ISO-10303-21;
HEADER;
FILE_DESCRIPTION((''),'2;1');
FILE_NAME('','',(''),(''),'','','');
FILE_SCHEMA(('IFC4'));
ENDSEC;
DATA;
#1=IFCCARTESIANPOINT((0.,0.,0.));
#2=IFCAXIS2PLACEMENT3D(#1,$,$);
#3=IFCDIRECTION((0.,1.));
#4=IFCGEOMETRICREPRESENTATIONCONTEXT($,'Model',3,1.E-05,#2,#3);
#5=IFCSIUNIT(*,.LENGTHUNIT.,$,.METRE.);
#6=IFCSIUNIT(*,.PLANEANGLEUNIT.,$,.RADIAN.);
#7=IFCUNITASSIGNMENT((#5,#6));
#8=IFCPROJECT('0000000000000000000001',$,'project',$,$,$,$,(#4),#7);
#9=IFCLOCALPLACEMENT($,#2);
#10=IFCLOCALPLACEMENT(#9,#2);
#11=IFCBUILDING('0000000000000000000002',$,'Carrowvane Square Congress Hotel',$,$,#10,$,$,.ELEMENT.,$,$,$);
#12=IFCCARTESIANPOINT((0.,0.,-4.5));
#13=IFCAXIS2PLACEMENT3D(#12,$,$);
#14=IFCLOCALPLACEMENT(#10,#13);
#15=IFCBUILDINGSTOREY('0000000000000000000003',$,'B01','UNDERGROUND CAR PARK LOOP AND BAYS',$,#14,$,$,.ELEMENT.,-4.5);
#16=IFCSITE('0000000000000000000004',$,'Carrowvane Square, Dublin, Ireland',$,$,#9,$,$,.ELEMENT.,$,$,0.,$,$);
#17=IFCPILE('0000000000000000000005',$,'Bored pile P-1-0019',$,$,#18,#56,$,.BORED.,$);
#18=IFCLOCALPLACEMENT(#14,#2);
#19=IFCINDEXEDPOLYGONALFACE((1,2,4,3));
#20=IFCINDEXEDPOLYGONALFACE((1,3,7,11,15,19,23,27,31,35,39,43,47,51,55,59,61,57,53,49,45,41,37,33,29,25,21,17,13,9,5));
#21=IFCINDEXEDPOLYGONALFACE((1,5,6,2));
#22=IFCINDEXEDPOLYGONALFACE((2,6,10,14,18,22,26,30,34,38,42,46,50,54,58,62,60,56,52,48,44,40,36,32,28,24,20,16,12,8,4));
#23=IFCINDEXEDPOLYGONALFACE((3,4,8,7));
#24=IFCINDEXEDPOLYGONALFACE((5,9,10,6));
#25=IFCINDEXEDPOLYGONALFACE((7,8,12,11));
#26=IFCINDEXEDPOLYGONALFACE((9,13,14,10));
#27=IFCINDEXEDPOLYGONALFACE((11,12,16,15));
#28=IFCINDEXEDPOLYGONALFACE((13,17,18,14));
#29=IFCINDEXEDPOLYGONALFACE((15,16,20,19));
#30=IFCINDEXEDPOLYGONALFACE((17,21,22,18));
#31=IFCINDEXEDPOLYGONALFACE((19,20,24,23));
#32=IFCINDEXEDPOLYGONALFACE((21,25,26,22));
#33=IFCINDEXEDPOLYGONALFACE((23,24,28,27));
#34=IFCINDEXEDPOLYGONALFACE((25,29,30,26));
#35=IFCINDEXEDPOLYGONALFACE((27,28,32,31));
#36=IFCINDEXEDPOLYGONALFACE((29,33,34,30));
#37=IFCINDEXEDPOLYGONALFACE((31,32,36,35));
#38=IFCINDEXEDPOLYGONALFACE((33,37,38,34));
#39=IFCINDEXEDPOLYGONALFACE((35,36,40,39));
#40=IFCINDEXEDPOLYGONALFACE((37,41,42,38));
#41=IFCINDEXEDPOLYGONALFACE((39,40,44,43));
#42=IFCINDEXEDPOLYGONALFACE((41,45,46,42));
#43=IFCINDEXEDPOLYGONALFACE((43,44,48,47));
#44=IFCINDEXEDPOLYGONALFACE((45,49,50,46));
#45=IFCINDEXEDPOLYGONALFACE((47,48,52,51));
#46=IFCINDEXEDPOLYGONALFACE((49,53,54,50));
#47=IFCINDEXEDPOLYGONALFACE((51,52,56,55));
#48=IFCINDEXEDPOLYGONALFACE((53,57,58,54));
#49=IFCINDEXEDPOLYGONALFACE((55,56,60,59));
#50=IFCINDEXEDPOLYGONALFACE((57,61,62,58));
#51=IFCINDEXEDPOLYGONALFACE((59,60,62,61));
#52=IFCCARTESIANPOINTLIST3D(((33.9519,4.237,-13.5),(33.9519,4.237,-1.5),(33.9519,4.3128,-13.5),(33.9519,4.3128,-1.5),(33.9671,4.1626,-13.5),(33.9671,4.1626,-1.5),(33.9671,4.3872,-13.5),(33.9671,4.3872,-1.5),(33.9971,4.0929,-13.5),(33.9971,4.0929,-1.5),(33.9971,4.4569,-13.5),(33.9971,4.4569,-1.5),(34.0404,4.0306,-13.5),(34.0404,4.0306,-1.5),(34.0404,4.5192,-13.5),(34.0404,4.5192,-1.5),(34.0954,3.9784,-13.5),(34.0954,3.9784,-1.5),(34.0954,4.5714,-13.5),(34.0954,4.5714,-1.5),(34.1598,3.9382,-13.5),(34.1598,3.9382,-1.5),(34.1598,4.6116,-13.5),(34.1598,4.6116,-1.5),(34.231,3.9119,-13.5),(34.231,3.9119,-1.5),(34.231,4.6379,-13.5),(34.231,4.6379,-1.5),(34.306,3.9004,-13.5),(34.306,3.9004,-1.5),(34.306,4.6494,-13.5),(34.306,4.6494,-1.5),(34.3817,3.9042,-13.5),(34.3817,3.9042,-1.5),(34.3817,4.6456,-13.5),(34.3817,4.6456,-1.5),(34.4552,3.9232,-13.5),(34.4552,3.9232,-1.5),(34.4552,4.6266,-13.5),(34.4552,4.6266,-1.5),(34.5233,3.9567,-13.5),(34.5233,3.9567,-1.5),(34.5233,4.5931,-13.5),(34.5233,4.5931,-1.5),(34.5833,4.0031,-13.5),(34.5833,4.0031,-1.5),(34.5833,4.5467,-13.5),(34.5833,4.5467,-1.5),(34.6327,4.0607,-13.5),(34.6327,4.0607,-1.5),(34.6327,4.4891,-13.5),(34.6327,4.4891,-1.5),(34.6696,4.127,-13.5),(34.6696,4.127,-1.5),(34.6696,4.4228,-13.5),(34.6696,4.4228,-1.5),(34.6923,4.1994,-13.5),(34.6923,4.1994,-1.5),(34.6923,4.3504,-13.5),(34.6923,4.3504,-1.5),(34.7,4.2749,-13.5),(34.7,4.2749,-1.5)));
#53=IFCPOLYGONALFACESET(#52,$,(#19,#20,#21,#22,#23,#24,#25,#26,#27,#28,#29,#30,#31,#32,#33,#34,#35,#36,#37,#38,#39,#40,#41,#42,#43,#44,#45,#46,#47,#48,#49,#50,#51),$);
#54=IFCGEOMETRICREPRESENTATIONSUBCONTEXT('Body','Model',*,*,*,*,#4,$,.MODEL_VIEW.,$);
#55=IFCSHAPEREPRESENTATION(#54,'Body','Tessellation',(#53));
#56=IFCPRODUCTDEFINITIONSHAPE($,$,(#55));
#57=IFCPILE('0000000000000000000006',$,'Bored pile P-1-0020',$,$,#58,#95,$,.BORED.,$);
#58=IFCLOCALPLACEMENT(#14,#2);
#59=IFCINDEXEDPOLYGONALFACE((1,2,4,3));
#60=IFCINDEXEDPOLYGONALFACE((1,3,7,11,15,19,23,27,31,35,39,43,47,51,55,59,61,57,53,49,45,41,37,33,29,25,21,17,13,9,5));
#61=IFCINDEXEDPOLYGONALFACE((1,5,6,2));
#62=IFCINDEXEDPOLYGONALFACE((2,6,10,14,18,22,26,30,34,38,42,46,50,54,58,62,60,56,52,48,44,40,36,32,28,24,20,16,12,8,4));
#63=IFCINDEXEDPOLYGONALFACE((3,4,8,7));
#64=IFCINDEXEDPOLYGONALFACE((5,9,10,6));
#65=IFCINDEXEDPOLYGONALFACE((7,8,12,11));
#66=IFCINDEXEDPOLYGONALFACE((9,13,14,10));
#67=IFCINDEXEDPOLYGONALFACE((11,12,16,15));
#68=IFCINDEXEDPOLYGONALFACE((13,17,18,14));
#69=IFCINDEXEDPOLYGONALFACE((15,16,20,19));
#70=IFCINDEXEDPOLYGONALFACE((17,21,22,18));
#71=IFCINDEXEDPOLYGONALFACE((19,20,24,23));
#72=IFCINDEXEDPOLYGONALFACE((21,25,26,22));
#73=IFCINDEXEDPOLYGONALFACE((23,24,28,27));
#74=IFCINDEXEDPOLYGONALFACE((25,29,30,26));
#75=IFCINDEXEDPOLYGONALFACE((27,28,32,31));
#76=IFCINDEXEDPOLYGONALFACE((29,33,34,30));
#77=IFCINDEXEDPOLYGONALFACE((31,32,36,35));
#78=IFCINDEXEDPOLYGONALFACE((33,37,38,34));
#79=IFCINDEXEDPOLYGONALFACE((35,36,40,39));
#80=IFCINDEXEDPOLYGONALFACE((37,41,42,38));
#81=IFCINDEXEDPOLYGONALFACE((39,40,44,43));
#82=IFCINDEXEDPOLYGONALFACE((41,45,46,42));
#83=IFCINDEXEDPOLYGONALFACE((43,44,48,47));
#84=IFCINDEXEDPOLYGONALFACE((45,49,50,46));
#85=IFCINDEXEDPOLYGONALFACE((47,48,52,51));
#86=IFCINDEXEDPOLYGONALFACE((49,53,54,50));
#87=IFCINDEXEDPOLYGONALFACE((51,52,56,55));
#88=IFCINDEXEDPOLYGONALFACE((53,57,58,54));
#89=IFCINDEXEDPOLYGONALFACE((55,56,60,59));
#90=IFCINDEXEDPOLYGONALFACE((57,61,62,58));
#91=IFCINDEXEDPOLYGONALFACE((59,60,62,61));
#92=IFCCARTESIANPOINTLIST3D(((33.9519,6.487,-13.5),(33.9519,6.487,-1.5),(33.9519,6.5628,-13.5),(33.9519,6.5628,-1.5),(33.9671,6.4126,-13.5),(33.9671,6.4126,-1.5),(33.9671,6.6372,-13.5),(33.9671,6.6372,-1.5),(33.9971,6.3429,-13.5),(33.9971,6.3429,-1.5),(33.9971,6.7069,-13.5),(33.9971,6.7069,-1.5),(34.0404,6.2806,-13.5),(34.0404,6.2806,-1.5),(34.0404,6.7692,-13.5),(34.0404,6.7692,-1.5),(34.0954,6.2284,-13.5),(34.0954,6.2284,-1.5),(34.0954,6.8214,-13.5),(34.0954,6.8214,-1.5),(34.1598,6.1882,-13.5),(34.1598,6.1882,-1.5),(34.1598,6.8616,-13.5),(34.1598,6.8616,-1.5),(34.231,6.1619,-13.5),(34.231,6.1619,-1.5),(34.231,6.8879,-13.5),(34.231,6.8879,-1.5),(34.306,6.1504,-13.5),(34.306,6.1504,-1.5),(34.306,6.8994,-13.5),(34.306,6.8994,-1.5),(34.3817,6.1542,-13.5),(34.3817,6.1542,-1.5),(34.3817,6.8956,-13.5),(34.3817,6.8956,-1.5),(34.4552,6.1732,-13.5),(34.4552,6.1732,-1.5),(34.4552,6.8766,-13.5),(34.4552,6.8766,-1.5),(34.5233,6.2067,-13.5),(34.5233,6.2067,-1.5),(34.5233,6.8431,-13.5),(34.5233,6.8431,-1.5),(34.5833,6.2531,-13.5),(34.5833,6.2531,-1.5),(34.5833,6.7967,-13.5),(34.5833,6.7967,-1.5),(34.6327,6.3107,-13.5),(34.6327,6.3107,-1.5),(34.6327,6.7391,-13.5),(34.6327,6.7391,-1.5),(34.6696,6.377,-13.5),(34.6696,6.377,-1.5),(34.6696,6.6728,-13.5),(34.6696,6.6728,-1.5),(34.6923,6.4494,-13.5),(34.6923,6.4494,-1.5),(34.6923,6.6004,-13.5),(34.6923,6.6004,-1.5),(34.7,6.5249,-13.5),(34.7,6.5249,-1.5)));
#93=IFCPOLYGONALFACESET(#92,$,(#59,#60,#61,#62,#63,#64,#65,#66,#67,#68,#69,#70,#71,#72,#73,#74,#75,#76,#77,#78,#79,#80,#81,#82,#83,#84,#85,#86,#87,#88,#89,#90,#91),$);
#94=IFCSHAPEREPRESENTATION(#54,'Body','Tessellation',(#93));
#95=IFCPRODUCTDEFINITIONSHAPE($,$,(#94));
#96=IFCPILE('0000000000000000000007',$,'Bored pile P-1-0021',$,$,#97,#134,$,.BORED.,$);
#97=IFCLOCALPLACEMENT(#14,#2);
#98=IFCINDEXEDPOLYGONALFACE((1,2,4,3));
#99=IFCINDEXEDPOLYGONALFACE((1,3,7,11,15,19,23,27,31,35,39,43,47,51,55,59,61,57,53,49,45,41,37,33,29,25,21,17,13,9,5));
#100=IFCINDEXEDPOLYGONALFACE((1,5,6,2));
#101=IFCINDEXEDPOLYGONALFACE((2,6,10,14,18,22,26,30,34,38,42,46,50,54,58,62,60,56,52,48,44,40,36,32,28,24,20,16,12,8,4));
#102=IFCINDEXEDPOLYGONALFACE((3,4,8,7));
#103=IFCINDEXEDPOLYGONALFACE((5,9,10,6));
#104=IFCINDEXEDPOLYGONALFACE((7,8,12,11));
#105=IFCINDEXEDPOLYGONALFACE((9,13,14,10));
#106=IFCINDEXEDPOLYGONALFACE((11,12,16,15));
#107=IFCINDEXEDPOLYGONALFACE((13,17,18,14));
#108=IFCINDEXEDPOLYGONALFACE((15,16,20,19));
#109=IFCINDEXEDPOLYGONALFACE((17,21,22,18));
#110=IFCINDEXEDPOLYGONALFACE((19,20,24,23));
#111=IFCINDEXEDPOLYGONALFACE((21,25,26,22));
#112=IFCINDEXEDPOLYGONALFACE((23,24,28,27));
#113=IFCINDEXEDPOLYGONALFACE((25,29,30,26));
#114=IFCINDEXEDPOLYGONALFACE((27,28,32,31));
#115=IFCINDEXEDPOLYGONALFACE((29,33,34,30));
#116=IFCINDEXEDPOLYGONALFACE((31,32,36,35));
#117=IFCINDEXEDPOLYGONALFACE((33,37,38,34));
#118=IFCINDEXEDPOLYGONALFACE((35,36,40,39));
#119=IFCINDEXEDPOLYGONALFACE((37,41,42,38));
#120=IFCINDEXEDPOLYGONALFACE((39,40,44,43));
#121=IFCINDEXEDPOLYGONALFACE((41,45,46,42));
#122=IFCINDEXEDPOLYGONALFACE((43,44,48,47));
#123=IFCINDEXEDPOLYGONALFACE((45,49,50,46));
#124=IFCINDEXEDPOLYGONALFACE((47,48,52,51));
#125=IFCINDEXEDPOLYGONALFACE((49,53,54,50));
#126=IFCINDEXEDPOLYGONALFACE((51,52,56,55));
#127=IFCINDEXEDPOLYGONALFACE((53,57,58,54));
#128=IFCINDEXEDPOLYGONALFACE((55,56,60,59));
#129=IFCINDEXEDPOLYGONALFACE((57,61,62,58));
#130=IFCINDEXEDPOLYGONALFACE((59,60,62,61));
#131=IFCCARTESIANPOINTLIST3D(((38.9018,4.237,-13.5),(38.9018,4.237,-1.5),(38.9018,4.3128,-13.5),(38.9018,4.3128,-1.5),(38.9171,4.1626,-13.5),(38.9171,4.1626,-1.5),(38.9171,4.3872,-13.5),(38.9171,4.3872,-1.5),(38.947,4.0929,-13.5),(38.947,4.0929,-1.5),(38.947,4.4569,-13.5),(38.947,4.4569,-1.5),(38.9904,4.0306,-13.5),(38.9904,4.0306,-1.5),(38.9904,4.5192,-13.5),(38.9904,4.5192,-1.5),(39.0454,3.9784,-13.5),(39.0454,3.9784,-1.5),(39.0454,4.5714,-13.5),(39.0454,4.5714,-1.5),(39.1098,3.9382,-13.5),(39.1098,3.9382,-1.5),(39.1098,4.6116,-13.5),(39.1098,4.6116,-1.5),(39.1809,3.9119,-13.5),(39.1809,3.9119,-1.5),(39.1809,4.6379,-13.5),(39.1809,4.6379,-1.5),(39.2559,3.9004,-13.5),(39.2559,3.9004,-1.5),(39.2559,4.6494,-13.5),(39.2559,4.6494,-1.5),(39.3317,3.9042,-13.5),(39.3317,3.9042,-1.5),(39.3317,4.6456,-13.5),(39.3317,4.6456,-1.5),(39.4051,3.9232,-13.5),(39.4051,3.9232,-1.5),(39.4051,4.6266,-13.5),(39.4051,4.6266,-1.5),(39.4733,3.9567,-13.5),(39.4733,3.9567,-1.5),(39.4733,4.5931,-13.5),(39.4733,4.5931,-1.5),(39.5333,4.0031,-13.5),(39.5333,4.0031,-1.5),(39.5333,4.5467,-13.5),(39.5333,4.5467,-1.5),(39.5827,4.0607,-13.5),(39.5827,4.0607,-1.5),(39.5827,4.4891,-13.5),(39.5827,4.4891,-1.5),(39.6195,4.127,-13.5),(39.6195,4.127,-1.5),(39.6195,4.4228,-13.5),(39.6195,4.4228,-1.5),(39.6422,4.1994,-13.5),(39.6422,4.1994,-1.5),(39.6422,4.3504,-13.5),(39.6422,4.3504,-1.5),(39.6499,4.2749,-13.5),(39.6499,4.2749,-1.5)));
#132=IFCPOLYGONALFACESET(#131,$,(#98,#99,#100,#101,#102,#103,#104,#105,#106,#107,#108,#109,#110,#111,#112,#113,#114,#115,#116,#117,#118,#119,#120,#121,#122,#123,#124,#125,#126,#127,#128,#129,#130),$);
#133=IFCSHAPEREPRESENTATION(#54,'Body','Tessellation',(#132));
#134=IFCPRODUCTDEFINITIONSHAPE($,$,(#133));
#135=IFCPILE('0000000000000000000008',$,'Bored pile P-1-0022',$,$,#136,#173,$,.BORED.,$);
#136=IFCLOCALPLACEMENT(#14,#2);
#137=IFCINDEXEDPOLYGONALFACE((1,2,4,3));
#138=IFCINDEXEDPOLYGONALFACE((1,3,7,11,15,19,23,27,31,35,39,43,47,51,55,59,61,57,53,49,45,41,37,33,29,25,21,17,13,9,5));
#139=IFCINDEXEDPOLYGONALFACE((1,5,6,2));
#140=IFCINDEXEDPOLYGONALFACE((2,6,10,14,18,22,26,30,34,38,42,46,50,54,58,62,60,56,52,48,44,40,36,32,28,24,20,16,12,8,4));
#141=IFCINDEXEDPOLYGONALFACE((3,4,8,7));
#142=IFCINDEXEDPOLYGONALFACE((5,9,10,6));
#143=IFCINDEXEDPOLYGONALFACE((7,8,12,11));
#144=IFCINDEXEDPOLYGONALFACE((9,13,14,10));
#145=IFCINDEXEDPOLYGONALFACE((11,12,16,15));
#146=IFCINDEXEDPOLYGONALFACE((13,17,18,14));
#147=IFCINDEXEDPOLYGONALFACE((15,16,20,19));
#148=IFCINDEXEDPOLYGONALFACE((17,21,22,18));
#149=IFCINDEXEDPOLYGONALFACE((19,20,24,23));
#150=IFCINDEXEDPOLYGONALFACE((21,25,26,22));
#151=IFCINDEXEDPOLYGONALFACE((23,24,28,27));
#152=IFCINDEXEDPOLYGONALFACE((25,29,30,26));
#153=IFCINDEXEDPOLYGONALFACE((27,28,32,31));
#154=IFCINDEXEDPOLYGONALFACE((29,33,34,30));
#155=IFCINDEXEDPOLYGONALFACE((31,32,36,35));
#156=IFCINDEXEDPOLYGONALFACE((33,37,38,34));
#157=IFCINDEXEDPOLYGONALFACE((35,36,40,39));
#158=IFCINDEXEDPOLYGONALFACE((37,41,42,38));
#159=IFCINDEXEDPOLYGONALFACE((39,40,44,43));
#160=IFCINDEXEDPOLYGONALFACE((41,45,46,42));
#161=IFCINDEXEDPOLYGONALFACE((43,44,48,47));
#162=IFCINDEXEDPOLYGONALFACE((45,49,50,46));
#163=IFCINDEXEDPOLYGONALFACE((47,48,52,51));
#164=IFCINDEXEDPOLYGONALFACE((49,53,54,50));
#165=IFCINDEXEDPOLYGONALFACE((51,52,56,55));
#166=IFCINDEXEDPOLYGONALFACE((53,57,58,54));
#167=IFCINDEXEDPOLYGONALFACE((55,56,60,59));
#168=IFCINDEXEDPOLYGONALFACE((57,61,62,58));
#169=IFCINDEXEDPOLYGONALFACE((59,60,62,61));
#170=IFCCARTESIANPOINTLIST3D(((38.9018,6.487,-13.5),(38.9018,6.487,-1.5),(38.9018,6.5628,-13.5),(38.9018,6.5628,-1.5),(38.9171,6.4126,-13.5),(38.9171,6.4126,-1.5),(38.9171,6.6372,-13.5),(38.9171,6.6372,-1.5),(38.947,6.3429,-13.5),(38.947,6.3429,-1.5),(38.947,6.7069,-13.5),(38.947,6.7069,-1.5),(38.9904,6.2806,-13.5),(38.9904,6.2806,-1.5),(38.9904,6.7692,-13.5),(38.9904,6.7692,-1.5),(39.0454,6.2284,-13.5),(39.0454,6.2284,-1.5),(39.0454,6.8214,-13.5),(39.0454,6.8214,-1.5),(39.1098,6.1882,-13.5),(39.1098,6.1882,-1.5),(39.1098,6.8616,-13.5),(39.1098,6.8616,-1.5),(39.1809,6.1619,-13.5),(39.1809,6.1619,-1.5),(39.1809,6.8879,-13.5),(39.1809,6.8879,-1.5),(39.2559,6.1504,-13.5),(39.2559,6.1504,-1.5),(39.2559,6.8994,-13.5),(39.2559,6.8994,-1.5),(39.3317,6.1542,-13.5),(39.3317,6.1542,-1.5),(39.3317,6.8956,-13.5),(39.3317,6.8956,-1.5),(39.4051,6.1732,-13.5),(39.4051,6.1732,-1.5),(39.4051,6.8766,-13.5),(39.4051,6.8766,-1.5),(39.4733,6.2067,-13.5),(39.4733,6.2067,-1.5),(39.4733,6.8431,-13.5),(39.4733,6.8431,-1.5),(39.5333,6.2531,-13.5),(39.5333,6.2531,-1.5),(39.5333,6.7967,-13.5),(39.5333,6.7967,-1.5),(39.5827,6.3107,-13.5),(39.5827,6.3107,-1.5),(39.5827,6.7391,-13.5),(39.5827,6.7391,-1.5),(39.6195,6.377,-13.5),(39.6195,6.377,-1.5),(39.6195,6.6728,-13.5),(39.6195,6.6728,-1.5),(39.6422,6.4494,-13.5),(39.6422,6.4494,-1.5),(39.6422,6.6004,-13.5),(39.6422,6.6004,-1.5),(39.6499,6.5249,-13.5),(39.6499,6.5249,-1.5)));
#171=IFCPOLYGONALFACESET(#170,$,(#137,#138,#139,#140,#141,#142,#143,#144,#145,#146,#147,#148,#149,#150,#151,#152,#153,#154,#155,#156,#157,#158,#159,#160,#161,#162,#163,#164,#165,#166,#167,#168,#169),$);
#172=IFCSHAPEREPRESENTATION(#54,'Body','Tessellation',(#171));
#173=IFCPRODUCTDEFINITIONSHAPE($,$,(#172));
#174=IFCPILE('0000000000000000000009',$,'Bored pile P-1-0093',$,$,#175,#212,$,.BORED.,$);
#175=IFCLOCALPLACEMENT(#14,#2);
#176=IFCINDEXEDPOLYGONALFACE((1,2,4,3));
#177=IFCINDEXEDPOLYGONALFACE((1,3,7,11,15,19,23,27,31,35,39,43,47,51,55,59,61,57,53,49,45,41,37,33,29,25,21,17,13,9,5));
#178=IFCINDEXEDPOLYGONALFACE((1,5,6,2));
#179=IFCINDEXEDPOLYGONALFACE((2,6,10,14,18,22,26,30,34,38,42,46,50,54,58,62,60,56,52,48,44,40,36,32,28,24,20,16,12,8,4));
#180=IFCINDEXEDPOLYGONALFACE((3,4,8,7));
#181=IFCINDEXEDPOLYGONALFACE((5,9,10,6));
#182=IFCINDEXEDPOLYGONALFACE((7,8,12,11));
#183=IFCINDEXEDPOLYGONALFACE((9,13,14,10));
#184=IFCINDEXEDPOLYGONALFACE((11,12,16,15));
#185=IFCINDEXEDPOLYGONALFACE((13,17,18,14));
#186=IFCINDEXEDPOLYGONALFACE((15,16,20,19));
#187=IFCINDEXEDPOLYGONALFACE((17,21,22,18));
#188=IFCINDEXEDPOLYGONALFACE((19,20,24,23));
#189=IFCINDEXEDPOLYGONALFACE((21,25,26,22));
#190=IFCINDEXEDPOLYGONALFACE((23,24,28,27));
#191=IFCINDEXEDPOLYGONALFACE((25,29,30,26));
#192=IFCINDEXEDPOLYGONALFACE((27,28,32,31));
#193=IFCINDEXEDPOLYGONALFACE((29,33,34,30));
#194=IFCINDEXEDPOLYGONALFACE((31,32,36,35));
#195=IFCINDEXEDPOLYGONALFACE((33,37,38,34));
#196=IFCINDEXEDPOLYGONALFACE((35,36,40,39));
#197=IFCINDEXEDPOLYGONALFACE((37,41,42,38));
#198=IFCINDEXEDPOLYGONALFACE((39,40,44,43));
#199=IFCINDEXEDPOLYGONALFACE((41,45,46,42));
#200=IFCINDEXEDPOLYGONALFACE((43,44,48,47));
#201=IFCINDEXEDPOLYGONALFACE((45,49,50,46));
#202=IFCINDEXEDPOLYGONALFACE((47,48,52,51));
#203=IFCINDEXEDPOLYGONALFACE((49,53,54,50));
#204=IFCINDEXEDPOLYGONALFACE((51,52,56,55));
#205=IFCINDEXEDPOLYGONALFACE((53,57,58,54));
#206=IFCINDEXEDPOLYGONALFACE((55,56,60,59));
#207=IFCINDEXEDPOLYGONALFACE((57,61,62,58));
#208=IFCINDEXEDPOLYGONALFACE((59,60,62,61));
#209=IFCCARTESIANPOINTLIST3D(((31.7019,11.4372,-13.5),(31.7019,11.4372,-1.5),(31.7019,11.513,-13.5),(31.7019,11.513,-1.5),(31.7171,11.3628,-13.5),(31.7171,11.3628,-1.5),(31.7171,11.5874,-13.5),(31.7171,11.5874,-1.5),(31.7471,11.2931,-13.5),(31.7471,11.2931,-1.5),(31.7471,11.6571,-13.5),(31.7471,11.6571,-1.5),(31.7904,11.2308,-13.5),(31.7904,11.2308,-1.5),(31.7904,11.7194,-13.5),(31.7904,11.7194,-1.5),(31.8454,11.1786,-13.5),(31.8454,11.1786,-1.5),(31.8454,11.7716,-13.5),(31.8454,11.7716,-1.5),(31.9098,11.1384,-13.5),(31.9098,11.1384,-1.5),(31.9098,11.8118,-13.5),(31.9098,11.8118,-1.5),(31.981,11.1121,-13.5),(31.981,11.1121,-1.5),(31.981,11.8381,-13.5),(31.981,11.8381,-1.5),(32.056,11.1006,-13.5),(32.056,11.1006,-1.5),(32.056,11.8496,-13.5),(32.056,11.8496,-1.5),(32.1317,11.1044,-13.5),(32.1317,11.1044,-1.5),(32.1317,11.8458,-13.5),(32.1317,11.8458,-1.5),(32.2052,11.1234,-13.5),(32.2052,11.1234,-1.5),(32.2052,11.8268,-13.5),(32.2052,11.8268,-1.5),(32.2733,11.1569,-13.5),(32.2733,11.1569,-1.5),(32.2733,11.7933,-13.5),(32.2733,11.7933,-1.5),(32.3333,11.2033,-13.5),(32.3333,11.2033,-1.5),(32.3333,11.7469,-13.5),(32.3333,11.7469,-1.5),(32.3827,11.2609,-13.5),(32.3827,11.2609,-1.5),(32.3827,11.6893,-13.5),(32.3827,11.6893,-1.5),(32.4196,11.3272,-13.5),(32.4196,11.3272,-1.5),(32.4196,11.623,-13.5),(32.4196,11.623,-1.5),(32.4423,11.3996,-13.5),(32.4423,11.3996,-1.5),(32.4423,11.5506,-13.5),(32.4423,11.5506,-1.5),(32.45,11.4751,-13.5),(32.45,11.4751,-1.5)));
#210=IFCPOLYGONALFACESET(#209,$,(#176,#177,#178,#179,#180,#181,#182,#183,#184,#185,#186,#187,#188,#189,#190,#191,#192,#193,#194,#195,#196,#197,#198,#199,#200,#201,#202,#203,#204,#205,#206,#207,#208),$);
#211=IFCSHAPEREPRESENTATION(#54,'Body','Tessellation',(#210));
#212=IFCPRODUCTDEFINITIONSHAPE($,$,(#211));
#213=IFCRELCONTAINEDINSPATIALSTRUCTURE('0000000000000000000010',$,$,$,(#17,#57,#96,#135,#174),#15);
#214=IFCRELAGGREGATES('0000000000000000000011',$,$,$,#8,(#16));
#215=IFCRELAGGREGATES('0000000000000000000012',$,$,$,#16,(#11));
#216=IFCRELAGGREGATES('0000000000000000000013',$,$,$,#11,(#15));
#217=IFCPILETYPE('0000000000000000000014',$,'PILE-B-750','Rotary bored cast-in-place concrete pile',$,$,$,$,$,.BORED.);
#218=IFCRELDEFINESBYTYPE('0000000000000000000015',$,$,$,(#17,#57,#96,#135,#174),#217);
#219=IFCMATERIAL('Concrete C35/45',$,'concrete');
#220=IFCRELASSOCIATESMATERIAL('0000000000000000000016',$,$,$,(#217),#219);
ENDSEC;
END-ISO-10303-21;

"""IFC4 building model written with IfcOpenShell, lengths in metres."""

from ifc_helpers import new_model, si_unit, direction, frame, origin, origin_2d, place, context, subcontext, project, spatial, circle, extrude, material, material_profile, profile_set, type_object, element, save


model = new_model("IFC4")

# Units and contexts
model_context = context("Model", 3, precision=1e-05, world=origin(), true_north=direction((0.0, 1.0)))
body_context = subcontext(model_context, "Body", "Model", "MODEL_VIEW")
ifc_project = project(units=[si_unit("LENGTHUNIT", "METRE"), si_unit("PLANEANGLEUNIT", "RADIAN")], contexts=[model_context])

# Site, building, storey
site_placement = place(None, origin())
site = spatial("IfcSite", under=ifc_project, at=site_placement, Name="Carrowvane Square, Dublin, Ireland", CompositionType="ELEMENT", RefElevation=0.0)
building_placement = place(site_placement, origin())
building = spatial("IfcBuilding", under=site, at=building_placement, Name="Carrowvane Square Congress Hotel", CompositionType="ELEMENT")
storey_placement = place(building_placement, frame((0.0, 0.0, -4.5)))
storey = spatial("IfcBuildingStorey", under=building, at=storey_placement, Name="B01", Description="UNDERGROUND CAR PARK LOOP AND BAYS", CompositionType="ELEMENT", Elevation=-4.5)

# Piles
ifc_material_1 = material(Name="Concrete C35/45", Category="concrete")
ifc_material_profile_1 = material_profile(ifc_material_1, circle(Radius=0.375, at=origin_2d()), Name="PILE D750")
ifc_profile_set_1 = profile_set([ifc_material_profile_1], Name="Concrete C35/45")
pile_type = type_object("IfcPileType", Name="PILE-B-750", Description="Rotary bored cast-in-place concrete pile", PredefinedType="BORED", material=ifc_profile_set_1)
for number, where, z_axis, x_axis, name in (
    (1, (34.325, 4.2749, -1.5), (0.0, 0.0, -1.0), (1.0, 0.0, 0.0), "Bored pile P-1-0019"),
    (2, (34.325, 6.5249, -1.5), (0.0, 0.0, -1.0), (1.0, 0.0, 0.0), "Bored pile P-1-0020"),
    (3, (39.2749, 4.2749, -1.5), (0.0, 0.0, -1.0), (1.0, 0.0, 0.0), "Bored pile P-1-0021"),
    (4, (39.2749, 6.5249, -1.5), (0.0, 0.0, -1.0), (1.0, 0.0, 0.0), "Bored pile P-1-0022"),
    (5, (32.075, 11.4751, -1.5), (0.0, 0.0, -1.0), (1.0, 0.0, 0.0), "Bored pile P-1-0093"),
):
    element("IfcPile", number, at=place(storey_placement, frame(where, z_axis=z_axis, x_axis=x_axis)), inside=storey, type_object=pile_type, Name=name, PredefinedType="BORED", context=body_context, shape_type="SweptSolid", body=[
        extrude(circle(Radius=0.375, at=origin_2d()), origin(), (0.0, 0.0, 1.0), 12.0),
    ])

save(model, "model.ifc")
